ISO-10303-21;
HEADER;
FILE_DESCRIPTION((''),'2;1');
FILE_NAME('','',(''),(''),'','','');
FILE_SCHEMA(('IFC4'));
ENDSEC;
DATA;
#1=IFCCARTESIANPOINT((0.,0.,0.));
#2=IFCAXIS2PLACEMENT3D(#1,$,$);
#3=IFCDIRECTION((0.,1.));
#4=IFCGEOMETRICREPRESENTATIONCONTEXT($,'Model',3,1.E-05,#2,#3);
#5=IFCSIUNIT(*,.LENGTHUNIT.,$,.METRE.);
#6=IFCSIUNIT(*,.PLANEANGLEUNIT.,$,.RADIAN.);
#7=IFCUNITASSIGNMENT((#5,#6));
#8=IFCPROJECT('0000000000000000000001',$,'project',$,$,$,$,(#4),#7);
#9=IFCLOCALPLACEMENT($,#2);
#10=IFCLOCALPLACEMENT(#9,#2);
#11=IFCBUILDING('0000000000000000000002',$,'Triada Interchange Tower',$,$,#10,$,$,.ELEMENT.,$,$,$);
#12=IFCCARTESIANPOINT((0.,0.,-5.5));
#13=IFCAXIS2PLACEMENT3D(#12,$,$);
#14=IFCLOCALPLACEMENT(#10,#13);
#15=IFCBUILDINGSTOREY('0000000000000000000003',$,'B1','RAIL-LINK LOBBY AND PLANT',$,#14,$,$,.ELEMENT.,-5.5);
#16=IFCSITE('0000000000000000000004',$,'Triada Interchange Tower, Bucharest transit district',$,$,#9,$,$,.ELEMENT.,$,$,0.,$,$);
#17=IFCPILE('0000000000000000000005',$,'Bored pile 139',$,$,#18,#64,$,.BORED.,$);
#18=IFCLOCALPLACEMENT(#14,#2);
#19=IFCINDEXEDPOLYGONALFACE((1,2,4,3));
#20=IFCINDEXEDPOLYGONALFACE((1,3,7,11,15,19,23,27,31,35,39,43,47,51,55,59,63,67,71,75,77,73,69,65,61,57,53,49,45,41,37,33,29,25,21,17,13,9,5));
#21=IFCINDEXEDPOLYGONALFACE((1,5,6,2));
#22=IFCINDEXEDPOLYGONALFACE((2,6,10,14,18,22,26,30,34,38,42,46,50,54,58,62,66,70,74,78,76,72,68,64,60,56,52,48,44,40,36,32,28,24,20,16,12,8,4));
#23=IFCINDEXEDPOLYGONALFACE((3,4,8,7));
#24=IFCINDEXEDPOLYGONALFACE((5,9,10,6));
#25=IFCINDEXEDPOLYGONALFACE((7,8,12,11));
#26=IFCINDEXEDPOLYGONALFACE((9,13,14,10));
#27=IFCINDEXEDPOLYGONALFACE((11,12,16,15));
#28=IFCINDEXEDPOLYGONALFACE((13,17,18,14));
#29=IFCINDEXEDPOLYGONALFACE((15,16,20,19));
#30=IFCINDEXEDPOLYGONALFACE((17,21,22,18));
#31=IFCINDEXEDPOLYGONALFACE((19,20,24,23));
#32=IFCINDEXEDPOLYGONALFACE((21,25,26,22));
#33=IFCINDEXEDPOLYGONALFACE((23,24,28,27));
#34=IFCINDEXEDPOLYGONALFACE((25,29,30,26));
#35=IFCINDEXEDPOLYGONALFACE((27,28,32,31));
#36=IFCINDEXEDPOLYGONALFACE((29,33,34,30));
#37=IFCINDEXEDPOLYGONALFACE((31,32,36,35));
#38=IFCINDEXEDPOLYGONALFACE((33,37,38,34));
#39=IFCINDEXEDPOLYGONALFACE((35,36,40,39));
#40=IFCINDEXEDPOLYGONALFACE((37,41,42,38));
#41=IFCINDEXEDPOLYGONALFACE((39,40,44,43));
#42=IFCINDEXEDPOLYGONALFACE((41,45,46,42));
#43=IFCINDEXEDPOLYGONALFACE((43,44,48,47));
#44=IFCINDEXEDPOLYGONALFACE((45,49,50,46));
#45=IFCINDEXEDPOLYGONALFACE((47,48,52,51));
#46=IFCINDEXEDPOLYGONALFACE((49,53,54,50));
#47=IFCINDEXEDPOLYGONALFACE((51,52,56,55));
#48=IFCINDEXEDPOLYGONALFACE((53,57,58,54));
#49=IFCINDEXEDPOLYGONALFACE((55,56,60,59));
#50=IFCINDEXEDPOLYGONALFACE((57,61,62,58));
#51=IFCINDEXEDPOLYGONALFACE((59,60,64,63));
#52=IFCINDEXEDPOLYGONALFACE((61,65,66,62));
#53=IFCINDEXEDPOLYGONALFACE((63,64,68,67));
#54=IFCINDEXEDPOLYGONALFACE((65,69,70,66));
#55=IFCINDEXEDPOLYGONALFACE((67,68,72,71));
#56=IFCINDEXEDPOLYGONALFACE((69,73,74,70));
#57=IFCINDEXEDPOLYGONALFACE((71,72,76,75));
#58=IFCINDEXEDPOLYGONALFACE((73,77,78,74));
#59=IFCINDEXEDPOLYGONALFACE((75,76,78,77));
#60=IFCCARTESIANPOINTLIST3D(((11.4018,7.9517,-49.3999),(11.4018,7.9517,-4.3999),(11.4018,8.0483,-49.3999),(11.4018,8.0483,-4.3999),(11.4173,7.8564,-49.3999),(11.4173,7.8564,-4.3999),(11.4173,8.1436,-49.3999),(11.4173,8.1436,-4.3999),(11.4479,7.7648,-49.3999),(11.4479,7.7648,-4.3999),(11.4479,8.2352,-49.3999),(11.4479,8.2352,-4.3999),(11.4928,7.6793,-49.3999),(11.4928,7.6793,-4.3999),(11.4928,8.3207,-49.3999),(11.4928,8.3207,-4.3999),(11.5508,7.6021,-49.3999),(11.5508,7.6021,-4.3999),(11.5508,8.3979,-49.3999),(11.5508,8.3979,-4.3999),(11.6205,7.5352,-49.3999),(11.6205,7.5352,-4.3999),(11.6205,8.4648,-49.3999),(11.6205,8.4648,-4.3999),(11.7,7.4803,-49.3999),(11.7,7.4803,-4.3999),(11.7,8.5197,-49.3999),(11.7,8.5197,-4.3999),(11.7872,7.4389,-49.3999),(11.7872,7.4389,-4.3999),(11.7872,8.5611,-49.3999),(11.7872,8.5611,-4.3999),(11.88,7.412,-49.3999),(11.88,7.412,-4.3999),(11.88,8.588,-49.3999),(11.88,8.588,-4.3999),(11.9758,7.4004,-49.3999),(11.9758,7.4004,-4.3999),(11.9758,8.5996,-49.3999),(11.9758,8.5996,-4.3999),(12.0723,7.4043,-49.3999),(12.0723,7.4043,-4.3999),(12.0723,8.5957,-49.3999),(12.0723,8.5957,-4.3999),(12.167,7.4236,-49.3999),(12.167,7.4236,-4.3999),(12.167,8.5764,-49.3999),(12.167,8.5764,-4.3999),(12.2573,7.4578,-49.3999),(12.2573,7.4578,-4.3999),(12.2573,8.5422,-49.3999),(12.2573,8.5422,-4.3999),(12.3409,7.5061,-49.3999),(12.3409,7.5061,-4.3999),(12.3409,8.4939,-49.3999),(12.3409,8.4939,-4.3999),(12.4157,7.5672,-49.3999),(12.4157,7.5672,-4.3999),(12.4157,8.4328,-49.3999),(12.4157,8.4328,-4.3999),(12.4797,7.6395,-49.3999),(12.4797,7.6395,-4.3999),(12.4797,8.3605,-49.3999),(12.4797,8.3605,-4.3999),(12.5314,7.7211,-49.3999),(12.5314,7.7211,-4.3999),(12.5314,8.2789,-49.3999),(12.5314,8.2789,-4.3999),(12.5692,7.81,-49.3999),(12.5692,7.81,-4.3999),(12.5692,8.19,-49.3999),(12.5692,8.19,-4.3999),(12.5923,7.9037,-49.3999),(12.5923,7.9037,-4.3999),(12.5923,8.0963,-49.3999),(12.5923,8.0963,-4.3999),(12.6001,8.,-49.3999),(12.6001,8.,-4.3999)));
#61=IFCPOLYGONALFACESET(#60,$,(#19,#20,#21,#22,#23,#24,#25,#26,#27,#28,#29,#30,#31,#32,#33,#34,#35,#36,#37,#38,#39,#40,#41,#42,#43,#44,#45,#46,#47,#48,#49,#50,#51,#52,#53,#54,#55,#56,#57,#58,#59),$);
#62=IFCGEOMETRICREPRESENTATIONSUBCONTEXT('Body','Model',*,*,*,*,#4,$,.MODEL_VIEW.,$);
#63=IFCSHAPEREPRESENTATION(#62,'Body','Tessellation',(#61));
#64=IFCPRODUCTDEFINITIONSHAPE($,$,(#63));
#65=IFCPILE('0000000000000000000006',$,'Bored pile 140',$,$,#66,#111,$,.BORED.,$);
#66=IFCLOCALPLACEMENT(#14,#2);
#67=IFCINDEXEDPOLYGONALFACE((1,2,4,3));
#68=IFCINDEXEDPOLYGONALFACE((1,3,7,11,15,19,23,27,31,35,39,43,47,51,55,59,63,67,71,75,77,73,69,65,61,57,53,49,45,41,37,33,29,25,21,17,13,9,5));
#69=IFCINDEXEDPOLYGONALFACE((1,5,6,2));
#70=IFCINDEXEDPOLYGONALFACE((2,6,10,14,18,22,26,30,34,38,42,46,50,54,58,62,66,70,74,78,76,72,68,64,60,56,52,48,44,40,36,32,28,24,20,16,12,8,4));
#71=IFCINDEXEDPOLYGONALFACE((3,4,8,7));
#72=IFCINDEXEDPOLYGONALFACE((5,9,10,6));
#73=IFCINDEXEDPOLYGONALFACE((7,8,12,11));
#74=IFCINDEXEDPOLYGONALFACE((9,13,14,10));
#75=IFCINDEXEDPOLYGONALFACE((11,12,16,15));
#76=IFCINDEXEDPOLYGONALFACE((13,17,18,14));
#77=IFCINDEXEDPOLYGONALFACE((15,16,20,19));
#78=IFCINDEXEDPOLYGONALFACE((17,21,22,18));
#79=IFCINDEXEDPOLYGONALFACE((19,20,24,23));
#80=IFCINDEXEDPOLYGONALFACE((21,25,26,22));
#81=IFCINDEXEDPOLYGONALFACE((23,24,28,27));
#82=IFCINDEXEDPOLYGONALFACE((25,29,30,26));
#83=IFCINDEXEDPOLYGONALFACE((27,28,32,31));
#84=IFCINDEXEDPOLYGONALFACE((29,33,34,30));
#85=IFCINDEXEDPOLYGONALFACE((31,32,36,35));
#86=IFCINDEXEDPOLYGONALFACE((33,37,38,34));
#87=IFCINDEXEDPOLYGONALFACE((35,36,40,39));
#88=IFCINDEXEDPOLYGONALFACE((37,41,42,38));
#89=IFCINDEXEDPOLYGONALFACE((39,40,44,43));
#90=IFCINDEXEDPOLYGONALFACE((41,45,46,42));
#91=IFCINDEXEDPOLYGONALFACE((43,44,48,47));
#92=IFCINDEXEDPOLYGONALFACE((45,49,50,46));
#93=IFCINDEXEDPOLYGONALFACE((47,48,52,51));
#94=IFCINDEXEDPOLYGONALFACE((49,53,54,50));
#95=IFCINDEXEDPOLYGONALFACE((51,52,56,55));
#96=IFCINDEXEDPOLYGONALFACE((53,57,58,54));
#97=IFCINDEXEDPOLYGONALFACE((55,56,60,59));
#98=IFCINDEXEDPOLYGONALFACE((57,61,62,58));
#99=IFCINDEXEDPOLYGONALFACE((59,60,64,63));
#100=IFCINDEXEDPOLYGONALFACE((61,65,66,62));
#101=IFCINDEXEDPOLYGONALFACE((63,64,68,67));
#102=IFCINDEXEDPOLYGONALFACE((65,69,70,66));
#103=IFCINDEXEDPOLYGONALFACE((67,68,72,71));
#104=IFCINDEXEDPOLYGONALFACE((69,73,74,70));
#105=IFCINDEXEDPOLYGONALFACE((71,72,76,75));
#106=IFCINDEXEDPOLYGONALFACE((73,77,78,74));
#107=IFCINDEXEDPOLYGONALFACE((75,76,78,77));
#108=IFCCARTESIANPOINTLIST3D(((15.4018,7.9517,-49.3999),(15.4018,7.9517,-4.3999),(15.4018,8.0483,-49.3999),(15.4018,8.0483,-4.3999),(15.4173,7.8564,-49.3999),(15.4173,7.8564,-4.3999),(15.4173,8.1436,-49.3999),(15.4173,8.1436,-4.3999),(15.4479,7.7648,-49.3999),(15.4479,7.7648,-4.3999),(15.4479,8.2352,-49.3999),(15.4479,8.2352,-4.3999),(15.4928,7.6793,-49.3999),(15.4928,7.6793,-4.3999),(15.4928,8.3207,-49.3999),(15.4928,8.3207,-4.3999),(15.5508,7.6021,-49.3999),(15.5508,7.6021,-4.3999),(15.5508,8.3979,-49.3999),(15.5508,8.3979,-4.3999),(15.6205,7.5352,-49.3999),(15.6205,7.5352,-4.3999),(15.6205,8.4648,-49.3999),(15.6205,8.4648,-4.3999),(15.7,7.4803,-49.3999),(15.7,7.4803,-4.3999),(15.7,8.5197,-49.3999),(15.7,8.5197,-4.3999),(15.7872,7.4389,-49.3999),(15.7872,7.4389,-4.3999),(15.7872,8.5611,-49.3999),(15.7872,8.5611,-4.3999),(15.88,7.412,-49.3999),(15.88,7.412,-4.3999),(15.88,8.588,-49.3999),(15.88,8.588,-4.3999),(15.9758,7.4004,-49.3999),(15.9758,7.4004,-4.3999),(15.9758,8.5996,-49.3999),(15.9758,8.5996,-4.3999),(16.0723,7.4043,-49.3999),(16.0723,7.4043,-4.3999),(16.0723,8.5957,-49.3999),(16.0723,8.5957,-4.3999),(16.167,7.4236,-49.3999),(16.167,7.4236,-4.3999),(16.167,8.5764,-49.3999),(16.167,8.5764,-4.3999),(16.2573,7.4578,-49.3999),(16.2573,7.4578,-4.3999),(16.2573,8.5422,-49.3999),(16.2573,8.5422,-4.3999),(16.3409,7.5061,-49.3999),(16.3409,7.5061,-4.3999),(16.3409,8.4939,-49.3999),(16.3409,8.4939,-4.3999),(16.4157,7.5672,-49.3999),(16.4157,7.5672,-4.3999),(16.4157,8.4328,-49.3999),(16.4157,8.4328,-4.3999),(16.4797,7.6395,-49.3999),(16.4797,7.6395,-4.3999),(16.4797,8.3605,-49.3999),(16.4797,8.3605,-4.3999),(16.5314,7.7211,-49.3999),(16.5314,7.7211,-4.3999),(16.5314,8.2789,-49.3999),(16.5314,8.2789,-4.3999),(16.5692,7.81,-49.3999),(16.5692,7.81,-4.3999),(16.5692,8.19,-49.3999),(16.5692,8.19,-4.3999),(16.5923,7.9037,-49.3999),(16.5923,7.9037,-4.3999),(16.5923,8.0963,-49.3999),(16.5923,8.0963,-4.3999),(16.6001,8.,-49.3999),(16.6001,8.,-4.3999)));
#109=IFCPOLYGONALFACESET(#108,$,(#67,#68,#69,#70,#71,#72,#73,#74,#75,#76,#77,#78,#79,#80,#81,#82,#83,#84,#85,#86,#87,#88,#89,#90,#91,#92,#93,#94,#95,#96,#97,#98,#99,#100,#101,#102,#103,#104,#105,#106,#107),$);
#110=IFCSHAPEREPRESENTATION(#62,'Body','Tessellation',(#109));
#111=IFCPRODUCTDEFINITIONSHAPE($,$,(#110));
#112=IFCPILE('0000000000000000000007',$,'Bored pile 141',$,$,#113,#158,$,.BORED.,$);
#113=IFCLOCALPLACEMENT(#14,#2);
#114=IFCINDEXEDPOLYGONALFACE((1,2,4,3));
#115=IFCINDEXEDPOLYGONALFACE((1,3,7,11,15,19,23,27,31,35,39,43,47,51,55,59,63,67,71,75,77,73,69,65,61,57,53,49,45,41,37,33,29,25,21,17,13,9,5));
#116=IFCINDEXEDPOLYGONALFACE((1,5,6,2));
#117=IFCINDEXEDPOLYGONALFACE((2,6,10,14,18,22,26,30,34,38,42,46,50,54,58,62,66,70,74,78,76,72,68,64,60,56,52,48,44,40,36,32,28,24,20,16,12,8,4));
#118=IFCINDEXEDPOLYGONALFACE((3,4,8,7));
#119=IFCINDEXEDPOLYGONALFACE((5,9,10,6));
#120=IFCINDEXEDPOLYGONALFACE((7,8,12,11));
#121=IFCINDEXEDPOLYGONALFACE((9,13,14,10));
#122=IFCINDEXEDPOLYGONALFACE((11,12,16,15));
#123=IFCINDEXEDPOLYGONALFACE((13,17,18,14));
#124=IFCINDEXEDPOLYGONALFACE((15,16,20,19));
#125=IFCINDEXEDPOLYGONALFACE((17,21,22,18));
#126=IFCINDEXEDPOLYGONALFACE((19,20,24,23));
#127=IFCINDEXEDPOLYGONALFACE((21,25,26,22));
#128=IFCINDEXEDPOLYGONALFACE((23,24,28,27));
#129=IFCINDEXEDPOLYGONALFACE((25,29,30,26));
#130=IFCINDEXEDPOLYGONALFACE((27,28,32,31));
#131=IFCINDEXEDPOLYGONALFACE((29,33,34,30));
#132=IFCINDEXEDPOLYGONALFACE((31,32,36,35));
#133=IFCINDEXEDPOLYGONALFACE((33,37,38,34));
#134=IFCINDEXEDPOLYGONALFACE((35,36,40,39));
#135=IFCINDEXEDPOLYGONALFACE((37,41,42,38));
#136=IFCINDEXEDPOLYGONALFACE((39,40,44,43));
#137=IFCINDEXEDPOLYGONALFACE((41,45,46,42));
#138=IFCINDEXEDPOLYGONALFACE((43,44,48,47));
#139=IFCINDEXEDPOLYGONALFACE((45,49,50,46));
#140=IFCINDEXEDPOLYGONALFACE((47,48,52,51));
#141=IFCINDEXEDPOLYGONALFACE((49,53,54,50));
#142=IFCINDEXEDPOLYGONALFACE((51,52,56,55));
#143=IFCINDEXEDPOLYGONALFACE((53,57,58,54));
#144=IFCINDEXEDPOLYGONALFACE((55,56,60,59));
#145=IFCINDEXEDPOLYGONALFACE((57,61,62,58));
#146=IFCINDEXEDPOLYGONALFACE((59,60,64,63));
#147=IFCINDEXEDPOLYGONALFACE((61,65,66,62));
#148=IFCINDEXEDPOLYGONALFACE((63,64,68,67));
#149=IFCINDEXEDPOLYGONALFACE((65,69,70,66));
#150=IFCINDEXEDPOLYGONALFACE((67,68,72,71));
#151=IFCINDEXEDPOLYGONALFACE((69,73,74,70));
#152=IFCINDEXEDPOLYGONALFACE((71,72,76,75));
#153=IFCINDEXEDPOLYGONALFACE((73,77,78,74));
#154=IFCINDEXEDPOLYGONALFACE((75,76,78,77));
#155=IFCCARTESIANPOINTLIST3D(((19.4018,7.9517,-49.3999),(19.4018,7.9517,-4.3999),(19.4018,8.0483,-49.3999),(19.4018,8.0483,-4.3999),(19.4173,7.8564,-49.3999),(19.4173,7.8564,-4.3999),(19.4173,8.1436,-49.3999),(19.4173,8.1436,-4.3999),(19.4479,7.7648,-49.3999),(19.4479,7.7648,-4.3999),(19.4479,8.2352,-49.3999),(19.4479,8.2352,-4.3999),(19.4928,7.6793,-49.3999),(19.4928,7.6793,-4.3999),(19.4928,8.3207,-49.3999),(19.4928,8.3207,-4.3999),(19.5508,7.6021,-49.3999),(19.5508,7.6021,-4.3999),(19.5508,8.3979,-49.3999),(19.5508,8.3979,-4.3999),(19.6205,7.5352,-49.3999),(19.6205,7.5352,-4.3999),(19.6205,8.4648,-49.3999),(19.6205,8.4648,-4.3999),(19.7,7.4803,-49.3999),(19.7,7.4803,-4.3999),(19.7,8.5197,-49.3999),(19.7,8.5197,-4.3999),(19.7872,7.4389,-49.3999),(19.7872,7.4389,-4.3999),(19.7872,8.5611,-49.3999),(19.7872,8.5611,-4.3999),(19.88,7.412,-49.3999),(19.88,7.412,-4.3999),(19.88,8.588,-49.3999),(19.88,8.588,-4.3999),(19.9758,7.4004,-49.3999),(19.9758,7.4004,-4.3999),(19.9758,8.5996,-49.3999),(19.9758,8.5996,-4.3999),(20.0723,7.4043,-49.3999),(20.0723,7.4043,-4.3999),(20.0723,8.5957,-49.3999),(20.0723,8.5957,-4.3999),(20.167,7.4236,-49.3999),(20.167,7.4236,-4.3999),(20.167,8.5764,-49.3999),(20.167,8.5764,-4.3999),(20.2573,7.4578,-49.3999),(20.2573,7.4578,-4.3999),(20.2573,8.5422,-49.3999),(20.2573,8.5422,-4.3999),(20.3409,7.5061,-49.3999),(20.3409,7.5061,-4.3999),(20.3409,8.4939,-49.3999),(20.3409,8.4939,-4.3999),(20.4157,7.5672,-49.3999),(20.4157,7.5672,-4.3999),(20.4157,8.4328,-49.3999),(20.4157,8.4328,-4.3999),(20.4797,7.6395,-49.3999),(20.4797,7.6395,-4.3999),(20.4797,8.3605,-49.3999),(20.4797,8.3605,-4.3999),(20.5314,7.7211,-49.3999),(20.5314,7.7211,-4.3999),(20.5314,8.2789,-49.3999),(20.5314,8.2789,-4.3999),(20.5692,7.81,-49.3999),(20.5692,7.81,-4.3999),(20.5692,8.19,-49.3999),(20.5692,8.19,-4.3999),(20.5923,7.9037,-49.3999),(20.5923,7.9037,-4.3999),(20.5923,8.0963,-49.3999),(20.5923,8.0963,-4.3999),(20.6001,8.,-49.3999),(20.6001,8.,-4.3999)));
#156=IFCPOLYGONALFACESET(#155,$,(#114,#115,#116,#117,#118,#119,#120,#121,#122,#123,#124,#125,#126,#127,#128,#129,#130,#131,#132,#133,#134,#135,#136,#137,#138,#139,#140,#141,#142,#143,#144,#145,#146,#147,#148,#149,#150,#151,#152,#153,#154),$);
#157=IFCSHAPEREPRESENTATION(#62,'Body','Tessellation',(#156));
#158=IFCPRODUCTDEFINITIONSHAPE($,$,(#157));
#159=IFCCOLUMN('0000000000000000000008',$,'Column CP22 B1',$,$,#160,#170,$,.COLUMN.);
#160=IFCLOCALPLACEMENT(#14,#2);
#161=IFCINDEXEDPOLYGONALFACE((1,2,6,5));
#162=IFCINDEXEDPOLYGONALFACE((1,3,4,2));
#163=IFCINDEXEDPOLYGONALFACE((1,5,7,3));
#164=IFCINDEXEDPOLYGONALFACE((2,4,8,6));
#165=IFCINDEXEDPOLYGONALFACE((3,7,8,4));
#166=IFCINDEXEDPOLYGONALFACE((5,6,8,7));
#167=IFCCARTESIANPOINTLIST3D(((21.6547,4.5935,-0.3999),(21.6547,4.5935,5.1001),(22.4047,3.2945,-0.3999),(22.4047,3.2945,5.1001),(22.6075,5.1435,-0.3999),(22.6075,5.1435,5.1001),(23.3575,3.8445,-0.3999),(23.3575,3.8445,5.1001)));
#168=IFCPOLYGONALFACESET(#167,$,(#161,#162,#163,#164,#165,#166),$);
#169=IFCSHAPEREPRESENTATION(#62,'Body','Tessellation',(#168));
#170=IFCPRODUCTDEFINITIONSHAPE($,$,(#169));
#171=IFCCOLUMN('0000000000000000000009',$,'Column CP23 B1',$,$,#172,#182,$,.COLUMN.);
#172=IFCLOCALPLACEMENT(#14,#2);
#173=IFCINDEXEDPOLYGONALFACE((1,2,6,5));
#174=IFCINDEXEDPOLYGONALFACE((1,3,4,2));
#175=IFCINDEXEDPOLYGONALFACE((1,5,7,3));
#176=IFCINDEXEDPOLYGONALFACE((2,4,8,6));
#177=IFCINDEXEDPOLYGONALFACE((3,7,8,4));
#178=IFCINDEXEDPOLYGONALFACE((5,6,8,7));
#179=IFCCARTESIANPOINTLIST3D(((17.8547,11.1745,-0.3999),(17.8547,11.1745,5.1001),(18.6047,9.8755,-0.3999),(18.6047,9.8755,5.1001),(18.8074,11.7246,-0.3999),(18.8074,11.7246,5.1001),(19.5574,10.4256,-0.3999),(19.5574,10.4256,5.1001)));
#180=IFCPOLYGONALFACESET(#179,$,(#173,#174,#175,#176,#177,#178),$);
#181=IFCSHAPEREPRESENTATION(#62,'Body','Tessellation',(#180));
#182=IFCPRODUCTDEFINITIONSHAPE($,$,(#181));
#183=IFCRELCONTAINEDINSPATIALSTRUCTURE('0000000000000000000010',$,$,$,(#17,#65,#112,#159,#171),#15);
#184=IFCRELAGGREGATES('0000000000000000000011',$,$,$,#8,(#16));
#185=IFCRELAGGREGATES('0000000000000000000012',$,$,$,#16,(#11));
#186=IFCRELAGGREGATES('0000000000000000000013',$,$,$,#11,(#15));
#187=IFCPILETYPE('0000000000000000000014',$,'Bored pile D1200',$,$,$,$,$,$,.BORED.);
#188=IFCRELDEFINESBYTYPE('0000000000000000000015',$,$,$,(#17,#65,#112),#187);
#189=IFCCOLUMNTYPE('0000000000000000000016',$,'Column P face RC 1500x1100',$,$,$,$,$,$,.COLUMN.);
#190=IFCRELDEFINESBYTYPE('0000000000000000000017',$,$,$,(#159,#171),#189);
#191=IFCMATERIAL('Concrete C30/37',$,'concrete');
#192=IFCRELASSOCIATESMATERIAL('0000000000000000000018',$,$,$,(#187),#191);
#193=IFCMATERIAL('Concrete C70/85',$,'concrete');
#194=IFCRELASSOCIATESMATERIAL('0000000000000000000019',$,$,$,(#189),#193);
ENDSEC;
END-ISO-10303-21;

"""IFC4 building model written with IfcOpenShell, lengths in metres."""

from ifc_helpers import new_model, si_unit, direction, frame, origin, origin_2d, place, context, subcontext, project, spatial, rectangle, circle, extrude, material, material_profile, profile_set, type_object, element, save


model = new_model("IFC4")

# Units and contexts
model_context = context("Model", 3, precision=1e-05, world=origin(), true_north=direction((0.0, 1.0)))
body_context = subcontext(model_context, "Body", "Model", "MODEL_VIEW")
ifc_project = project(units=[si_unit("LENGTHUNIT", "METRE"), si_unit("PLANEANGLEUNIT", "RADIAN")], contexts=[model_context])

# Site, building, storey
site_placement = place(None, origin())
site = spatial("IfcSite", under=ifc_project, at=site_placement, Name="Triada Interchange Tower, Bucharest transit district", CompositionType="ELEMENT", RefElevation=0.0)
building_placement = place(site_placement, origin())
building = spatial("IfcBuilding", under=site, at=building_placement, Name="Triada Interchange Tower", CompositionType="ELEMENT")
storey_placement = place(building_placement, frame((0.0, 0.0, -5.5)))
storey = spatial("IfcBuildingStorey", under=building, at=storey_placement, Name="B1", Description="RAIL-LINK LOBBY AND PLANT", CompositionType="ELEMENT", Elevation=-5.5)

# Piles
ifc_material_1 = material(Name="Concrete C30/37", Category="concrete")
ifc_material_profile_1 = material_profile(ifc_material_1, circle(Radius=0.6001, at=origin_2d()), Name="RC D1200")
ifc_profile_set_1 = profile_set([ifc_material_profile_1], Name="Concrete C30/37")
pile_type = type_object("IfcPileType", Name="Bored pile D1200", PredefinedType="BORED", material=ifc_profile_set_1)
for number, where, z_axis, x_axis, name in (
    (1, (12.0, 8.0, -4.3999), (0.0, 0.0, -1.0), (1.0, 0.0, 0.0), "Bored pile 139"),
    (2, (16.0, 8.0, -4.3999), (0.0, 0.0, -1.0), (1.0, 0.0, 0.0), "Bored pile 140"),
    (3, (20.0, 8.0, -4.3999), (0.0, 0.0, -1.0), (1.0, 0.0, 0.0), "Bored pile 141"),
):
    element("IfcPile", number, at=place(storey_placement, frame(where, z_axis=z_axis, x_axis=x_axis)), inside=storey, type_object=pile_type, Name=name, PredefinedType="BORED", context=body_context, shape_type="SweptSolid", body=[
        extrude(circle(Radius=0.6001, at=origin_2d()), origin(), (0.0, 0.0, 1.0), 45.0),
    ])

# Columns
ifc_material_2 = material(Name="Concrete C70/85", Category="concrete")
ifc_material_profile_2 = material_profile(ifc_material_2, rectangle(XDim=1.5, YDim=1.1001, at=origin_2d()), Name="RC 1500x1100")
ifc_profile_set_2 = profile_set([ifc_material_profile_2], Name="Concrete C70/85")
column_type = type_object("IfcColumnType", Name="Column P face RC 1500x1100", PredefinedType="COLUMN", material=ifc_profile_set_2)
for number, where, z_axis, x_axis, name in (
    (4, (22.5061, 4.219, -0.3999), (0.0, 0.0, 1.0), (-0.5, 0.866025, 0.0), "Column CP22 B1"),
    (5, (18.7061, 10.8, -0.3999), (0.0, 0.0, 1.0), (-0.5, 0.866025, 0.0), "Column CP23 B1"),
):
    element("IfcColumn", number, at=place(storey_placement, frame(where, z_axis=z_axis, x_axis=x_axis)), inside=storey, type_object=column_type, Name=name, PredefinedType="COLUMN", context=body_context, shape_type="SweptSolid", body=[
        extrude(rectangle(XDim=1.5, YDim=1.1001, at=origin_2d()), origin(), (0.0, 0.0, 1.0), 5.5),
    ])

save(model, "model.ifc")
